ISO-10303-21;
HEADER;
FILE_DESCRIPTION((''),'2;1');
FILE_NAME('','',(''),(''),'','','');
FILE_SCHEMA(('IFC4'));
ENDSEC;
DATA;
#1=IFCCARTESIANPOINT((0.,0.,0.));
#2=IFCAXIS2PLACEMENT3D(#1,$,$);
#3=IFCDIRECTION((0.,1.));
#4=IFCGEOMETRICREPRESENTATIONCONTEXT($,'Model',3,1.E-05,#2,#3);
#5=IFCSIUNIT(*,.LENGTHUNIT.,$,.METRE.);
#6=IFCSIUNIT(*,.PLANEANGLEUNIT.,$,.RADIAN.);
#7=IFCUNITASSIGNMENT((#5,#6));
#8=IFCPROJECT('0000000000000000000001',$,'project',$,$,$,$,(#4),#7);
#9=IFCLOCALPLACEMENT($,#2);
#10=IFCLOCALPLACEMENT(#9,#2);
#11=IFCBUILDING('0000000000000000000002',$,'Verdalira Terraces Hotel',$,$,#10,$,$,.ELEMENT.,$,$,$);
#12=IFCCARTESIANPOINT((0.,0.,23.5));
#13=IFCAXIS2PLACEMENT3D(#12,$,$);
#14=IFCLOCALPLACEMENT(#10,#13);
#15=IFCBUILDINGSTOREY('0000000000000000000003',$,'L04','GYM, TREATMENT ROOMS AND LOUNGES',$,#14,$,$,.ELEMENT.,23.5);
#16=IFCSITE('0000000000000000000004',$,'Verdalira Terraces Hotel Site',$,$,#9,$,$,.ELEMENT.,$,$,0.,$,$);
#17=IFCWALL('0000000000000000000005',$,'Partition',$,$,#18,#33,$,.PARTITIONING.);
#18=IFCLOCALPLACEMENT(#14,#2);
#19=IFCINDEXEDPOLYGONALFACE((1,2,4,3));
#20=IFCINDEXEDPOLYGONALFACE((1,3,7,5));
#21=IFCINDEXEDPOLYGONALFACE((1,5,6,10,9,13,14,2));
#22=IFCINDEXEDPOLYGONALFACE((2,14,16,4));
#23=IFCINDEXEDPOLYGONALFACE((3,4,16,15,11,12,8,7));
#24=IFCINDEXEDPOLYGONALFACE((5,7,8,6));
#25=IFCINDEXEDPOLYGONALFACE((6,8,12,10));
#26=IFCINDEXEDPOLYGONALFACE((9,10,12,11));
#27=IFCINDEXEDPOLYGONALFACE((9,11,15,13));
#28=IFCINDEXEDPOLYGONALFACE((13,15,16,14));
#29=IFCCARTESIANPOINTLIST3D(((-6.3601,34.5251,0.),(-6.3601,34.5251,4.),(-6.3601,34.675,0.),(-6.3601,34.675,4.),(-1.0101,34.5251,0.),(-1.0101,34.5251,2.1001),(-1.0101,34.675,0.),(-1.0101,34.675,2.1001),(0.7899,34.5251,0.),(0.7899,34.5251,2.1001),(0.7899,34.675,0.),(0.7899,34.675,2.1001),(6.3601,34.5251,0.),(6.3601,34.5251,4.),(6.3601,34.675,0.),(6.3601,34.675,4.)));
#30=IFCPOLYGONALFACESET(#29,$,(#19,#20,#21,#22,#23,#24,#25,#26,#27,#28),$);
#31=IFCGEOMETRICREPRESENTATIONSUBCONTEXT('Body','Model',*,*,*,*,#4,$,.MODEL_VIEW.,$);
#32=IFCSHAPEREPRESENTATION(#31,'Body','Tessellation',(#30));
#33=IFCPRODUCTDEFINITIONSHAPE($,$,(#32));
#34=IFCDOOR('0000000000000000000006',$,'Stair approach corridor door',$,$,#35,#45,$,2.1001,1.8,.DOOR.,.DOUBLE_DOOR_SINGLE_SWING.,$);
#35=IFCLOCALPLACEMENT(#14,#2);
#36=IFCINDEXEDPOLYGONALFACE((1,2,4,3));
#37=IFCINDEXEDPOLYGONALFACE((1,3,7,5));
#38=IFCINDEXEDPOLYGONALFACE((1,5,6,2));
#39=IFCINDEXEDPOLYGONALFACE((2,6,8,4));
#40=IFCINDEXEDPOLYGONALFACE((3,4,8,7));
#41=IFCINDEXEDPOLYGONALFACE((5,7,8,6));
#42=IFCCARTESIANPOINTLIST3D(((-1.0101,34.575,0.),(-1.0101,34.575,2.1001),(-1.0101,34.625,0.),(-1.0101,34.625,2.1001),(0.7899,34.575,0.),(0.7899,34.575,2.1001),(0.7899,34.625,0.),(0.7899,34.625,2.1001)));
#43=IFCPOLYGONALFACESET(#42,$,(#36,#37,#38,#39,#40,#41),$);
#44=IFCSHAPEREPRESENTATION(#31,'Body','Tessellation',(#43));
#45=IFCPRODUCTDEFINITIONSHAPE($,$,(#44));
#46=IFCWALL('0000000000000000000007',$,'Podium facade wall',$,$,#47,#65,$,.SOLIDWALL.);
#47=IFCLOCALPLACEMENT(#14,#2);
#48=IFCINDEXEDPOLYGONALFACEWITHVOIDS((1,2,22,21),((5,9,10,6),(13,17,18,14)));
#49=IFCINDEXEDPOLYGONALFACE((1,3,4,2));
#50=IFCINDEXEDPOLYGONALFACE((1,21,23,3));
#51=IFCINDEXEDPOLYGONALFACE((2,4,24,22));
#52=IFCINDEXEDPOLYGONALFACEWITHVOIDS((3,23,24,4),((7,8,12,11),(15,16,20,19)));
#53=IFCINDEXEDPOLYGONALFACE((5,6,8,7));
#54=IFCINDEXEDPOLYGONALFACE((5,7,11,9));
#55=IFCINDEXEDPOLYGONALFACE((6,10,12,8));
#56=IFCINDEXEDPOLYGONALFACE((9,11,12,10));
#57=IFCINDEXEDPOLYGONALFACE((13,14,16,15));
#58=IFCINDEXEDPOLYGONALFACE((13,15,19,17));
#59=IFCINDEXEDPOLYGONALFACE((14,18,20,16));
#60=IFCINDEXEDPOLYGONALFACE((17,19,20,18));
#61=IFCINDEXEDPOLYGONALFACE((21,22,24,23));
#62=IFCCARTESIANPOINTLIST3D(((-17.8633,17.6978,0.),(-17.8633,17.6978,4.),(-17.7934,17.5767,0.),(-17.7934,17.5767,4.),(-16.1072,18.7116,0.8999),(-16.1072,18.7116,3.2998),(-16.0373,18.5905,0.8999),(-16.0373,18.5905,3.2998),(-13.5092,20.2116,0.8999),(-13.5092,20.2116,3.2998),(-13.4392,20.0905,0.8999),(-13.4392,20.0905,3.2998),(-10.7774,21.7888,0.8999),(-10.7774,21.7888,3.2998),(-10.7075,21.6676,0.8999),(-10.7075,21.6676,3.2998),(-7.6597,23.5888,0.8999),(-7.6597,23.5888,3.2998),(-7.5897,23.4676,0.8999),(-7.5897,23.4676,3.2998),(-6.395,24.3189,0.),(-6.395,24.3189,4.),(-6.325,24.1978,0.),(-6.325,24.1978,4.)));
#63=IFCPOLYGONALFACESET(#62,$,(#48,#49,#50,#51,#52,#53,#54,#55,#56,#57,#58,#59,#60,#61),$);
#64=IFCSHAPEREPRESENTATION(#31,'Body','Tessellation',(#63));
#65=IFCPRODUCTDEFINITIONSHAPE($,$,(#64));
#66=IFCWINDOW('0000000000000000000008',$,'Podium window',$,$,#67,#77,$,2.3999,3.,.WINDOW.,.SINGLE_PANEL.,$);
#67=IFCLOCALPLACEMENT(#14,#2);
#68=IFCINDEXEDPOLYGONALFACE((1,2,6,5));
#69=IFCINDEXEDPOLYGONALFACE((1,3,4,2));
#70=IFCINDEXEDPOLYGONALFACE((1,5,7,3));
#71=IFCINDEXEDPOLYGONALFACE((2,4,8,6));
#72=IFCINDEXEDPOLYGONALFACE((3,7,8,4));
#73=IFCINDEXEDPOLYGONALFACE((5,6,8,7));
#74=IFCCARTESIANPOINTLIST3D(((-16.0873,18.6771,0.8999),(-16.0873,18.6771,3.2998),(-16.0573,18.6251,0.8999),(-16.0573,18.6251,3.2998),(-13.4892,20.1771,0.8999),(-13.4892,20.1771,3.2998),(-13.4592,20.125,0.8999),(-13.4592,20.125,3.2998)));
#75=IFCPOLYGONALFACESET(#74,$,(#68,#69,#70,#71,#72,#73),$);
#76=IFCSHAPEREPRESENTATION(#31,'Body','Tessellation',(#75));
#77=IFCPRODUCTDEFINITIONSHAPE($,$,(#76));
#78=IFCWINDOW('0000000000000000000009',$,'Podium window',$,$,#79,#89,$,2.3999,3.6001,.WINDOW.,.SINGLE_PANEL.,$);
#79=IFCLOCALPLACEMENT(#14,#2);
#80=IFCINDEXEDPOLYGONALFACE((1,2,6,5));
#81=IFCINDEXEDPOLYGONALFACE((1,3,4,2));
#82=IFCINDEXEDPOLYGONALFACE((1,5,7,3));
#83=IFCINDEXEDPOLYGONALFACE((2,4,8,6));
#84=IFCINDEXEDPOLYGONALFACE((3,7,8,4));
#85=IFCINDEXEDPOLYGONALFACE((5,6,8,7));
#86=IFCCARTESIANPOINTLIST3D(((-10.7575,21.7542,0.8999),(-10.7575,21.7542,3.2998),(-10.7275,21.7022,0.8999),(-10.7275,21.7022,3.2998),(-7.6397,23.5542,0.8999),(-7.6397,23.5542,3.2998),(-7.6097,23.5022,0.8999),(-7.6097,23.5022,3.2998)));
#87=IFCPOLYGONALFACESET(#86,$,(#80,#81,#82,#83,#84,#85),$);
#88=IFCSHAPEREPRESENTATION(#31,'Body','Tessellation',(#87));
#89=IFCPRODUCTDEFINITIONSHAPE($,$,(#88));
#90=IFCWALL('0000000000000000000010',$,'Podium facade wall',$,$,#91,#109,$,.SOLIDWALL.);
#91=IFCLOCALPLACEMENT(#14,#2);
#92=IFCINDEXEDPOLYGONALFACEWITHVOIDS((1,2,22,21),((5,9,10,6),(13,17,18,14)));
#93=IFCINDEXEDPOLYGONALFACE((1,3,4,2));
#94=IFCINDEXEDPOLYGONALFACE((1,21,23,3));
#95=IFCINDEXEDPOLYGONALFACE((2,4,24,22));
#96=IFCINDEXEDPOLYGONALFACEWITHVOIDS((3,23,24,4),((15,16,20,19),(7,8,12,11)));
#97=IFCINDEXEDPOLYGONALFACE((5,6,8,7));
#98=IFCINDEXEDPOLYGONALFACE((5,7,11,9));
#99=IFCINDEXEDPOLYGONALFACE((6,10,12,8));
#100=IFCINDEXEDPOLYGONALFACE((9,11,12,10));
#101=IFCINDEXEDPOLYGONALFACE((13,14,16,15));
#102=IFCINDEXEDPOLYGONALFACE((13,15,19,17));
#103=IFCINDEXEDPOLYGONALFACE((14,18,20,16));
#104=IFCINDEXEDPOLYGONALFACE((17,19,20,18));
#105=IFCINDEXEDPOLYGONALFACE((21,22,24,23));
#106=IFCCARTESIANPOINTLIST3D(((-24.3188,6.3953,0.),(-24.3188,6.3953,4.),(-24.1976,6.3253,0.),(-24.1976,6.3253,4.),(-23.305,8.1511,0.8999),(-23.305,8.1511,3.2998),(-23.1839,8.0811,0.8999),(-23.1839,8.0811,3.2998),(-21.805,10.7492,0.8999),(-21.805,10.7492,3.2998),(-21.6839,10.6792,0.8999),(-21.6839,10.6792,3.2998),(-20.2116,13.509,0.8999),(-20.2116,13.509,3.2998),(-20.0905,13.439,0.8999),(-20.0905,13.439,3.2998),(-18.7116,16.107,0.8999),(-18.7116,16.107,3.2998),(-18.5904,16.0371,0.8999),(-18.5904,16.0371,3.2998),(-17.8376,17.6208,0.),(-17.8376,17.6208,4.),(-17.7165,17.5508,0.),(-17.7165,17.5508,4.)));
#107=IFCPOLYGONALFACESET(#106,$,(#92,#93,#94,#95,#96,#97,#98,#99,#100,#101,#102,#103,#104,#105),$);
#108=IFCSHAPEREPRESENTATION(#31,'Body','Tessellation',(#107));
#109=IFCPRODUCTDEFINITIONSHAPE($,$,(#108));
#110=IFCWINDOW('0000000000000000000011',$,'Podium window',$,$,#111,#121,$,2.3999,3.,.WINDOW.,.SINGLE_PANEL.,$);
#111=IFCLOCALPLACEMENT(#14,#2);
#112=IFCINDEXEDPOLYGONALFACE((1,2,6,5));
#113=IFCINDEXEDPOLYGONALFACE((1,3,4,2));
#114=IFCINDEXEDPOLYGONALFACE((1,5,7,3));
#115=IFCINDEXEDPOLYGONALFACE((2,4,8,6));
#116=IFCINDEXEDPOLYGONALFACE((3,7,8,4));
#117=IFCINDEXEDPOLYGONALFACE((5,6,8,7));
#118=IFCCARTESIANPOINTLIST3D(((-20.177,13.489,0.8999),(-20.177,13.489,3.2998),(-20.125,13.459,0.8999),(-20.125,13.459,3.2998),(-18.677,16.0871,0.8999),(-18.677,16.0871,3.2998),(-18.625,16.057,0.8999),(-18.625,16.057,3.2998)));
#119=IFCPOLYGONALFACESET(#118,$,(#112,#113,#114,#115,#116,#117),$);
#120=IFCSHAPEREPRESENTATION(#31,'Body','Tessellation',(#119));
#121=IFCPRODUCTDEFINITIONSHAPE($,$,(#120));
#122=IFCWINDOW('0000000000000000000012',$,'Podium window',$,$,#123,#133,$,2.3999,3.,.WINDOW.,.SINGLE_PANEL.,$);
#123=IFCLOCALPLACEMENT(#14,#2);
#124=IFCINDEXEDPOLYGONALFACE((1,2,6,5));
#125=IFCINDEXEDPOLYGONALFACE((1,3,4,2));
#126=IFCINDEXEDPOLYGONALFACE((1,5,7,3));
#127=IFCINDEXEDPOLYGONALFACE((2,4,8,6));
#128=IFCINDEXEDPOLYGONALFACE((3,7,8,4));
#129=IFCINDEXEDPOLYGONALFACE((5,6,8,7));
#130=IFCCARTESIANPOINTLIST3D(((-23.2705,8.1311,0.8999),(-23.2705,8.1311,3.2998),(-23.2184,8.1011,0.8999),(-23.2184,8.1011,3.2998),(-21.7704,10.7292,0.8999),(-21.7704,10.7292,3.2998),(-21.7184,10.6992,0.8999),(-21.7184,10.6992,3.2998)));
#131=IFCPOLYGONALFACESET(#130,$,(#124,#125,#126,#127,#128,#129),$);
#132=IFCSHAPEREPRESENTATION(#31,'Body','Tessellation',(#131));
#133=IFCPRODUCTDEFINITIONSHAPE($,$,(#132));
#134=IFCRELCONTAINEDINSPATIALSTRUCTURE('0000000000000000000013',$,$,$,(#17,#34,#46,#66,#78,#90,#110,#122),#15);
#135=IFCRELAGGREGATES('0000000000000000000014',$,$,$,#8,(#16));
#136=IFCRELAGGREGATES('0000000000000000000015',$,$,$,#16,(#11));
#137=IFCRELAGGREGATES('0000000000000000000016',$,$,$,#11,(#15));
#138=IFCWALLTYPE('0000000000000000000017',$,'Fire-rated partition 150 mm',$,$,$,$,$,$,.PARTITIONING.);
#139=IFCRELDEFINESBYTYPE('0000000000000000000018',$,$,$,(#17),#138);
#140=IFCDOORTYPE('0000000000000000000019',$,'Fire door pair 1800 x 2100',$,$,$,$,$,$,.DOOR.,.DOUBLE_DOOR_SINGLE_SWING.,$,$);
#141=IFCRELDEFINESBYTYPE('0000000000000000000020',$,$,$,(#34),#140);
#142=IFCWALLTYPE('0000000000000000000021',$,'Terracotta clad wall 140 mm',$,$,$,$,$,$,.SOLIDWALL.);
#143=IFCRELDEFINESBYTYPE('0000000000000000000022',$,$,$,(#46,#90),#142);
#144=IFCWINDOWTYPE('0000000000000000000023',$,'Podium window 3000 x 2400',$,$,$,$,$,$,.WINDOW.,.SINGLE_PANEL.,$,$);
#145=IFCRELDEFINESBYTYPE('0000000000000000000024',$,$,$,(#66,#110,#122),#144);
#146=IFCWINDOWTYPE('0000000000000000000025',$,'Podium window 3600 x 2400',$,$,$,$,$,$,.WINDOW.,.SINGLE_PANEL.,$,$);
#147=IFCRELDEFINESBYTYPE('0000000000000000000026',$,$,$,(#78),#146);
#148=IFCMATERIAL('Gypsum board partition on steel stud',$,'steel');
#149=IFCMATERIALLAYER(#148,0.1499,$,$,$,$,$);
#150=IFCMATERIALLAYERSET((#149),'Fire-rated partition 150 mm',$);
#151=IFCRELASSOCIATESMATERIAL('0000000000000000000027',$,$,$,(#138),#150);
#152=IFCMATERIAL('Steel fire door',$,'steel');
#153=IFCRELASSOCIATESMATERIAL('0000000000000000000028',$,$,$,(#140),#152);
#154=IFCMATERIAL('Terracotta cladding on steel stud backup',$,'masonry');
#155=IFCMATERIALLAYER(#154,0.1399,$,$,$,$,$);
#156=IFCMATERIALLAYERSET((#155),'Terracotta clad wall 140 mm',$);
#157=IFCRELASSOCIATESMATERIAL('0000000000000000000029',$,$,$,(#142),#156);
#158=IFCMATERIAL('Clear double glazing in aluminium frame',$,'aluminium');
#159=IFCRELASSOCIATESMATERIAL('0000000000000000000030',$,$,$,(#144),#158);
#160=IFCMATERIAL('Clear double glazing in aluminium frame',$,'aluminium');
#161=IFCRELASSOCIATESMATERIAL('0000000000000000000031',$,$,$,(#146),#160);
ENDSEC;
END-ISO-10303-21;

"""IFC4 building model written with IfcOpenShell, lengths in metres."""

from ifc_helpers import new_model, si_unit, direction, frame, frame_2d, origin, place, context, subcontext, project, spatial, rectangle, extrude, material, layer, layer_set, type_object, element, fill, save


model = new_model("IFC4")

# Units and contexts
model_context = context("Model", 3, precision=1e-05, world=origin(), true_north=direction((0.0, 1.0)))
body_context = subcontext(model_context, "Body", "Model", "MODEL_VIEW")
ifc_project = project(units=[si_unit("LENGTHUNIT", "METRE"), si_unit("PLANEANGLEUNIT", "RADIAN")], contexts=[model_context])

# Site, building, storey
site_placement = place(None, origin())
site = spatial("IfcSite", under=ifc_project, at=site_placement, Name="Verdalira Terraces Hotel Site", CompositionType="ELEMENT", RefElevation=0.0)
building_placement = place(site_placement, origin())
building = spatial("IfcBuilding", under=site, at=building_placement, Name="Verdalira Terraces Hotel", CompositionType="ELEMENT")
storey_placement = place(building_placement, frame((0.0, 0.0, 23.5)))
storey = spatial("IfcBuildingStorey", under=building, at=storey_placement, Name="L04", Description="GYM, TREATMENT ROOMS AND LOUNGES", CompositionType="ELEMENT", Elevation=23.5)

# Shared definitions
ifc_material_1 = material(Name="Gypsum board partition on steel stud", Category="steel")
ifc_layer_1 = layer(ifc_material_1, 0.1499)
ifc_layer_set_1 = layer_set([ifc_layer_1], Name="Fire-rated partition 150 mm")
wall_type_1 = type_object("IfcWallType", Name="Fire-rated partition 150 mm", PredefinedType="PARTITIONING", material=ifc_layer_set_1)
ifc_material_2 = material(Name="Steel fire door", Category="steel")
door_type = type_object("IfcDoorType", Name="Fire door pair 1800 x 2100", OperationType="DOUBLE_DOOR_SINGLE_SWING", PredefinedType="DOOR", material=ifc_material_2)

# Wall, opening, door
wall_1_placement = place(storey_placement, frame((-6.3601, 34.6001, 0.0), z_axis=(0.0, 0.0, 1.0), x_axis=(1.0, 0.0, 0.0)))
wall_1 = element("IfcWall", 1, at=wall_1_placement, inside=storey, type_object=wall_type_1, Name="Partition", PredefinedType="PARTITIONING", context=body_context, shape_type="SweptSolid", body=[
    extrude(rectangle(XDim=12.7202, YDim=0.1499, at=frame_2d((6.3601, 0.0))), origin(), (0.0, 0.0, 1.0), 4.0),
])
opening_1_placement = place(wall_1_placement, frame((5.3501, 0.0, 0.0)))
opening_1 = element("IfcOpeningElement", 2, at=opening_1_placement, cuts=wall_1, PredefinedType="OPENING", context=body_context, shape_type="SweptSolid", body=[
    extrude(rectangle(XDim=1.8, YDim=2.1001, at=frame_2d((0.8999, 1.05))), frame((0.0, 0.085, 0.0), z_axis=(0.0, -1.0, 0.0), x_axis=(1.0, 0.0, 0.0)), (0.0, 0.0, 1.0), 0.1699),
])
door_1_placement = place(opening_1_placement, origin())
door_1 = element("IfcDoor", 3, at=door_1_placement, inside=storey, type_object=door_type, Name="Stair approach corridor door", OperationType="DOUBLE_DOOR_SINGLE_SWING", OverallHeight=2.1001, OverallWidth=1.8, PredefinedType="DOOR", context=body_context, shape_type="SweptSolid", body=[
    extrude(rectangle(XDim=1.8, YDim=2.1001, at=frame_2d((0.8999, 1.05))), frame((0.0, 0.0249, 0.0), z_axis=(0.0, -1.0, 0.0), x_axis=(1.0, 0.0, 0.0)), (0.0, 0.0, 1.0), 0.05),
])
fill(opening_1, door_1)

# Walls, openings, windows
ifc_material_3 = material(Name="Terracotta cladding on steel stud backup", Category="masonry")
ifc_layer_2 = layer(ifc_material_3, 0.1399)
ifc_layer_set_2 = layer_set([ifc_layer_2], Name="Terracotta clad wall 140 mm")
wall_type_2 = type_object("IfcWallType", Name="Terracotta clad wall 140 mm", PredefinedType="SOLIDWALL", material=ifc_layer_set_2)
wall_2_placement = place(storey_placement, frame((-6.3601, 24.2583, 0.0), z_axis=(0.0, 0.0, 1.0), x_axis=(-0.866029, -0.499994, 0.0)))
wall_2 = element("IfcWall", 4, at=wall_2_placement, inside=storey, type_object=wall_type_2, Name="Podium facade wall", PredefinedType="SOLIDWALL", context=body_context, shape_type="SweptSolid", body=[
    extrude(rectangle(XDim=13.2424, YDim=0.1399, at=frame_2d((6.6211, 0.0))), origin(), (0.0, 0.0, 1.0), 4.0),
])
opening_2_placement = place(wall_2_placement, frame((1.4602, 0.0, 0.8999)))
opening_2 = element("IfcOpeningElement", 5, at=opening_2_placement, cuts=wall_2, PredefinedType="OPENING", context=body_context, shape_type="SweptSolid", body=[
    extrude(rectangle(XDim=3.6001, YDim=2.3999, at=frame_2d((1.8, 1.2))), frame((0.0, 0.0798, 0.0), z_axis=(0.0, -1.0, 0.0), x_axis=(1.0, 0.0, 0.0)), (0.0, 0.0, 1.0), 0.1599),
])
opening_3_placement = place(wall_2_placement, frame((8.2146, 0.0, 0.8999)))
opening_3 = element("IfcOpeningElement", 6, at=opening_3_placement, cuts=wall_2, PredefinedType="OPENING", context=body_context, shape_type="SweptSolid", body=[
    extrude(rectangle(XDim=3.0, YDim=2.3999, at=frame_2d((1.5, 1.2))), frame((0.0, 0.0798, 0.0), z_axis=(0.0, -1.0, 0.0), x_axis=(1.0, 0.0, 0.0)), (0.0, 0.0, 1.0), 0.1599),
])
ifc_material_4 = material(Name="Clear double glazing in aluminium frame", Category="aluminium")
window_type_1 = type_object("IfcWindowType", Name="Podium window 3000 x 2400", PartitioningType="SINGLE_PANEL", PredefinedType="WINDOW", material=ifc_material_4)
window_1_placement = place(opening_3_placement, origin())
window_1 = element("IfcWindow", 7, at=window_1_placement, inside=storey, type_object=window_type_1, Name="Podium window", OverallHeight=2.3999, OverallWidth=3.0, PartitioningType="SINGLE_PANEL", PredefinedType="WINDOW", context=body_context, shape_type="SweptSolid", body=[
    extrude(rectangle(XDim=3.0, YDim=2.3999, at=frame_2d((1.5, 1.2))), frame((0.0, 0.03, 0.0), z_axis=(0.0, -1.0, 0.0), x_axis=(1.0, 0.0, 0.0)), (0.0, 0.0, 1.0), 0.0601),
])
fill(opening_3, window_1)
ifc_material_5 = material(Name="Clear double glazing in aluminium frame", Category="aluminium")
window_type_2 = type_object("IfcWindowType", Name="Podium window 3600 x 2400", PartitioningType="SINGLE_PANEL", PredefinedType="WINDOW", material=ifc_material_5)
window_2_placement = place(opening_2_placement, origin())
window_2 = element("IfcWindow", 8, at=window_2_placement, inside=storey, type_object=window_type_2, Name="Podium window", OverallHeight=2.3999, OverallWidth=3.6001, PartitioningType="SINGLE_PANEL", PredefinedType="WINDOW", context=body_context, shape_type="SweptSolid", body=[
    extrude(rectangle(XDim=3.6001, YDim=2.3999, at=frame_2d((1.8, 1.2))), frame((0.0, 0.03, 0.0), z_axis=(0.0, -1.0, 0.0), x_axis=(1.0, 0.0, 0.0)), (0.0, 0.0, 1.0), 0.0601),
])
fill(opening_2, window_2)
wall_3_placement = place(storey_placement, frame((-17.7771, 17.5857, 0.0), z_axis=(0.0, 0.0, 1.0), x_axis=(-0.500006, -0.866022, 0.0)))
wall_3 = element("IfcWall", 9, at=wall_3_placement, inside=storey, type_object=wall_type_2, Name="Podium facade wall", PredefinedType="SOLIDWALL", context=body_context, shape_type="SweptSolid", body=[
    extrude(rectangle(XDim=12.9622, YDim=0.1399, at=frame_2d((6.481, 0.0))), origin(), (0.0, 0.0, 1.0), 4.0),
])
opening_4_placement = place(wall_3_placement, frame((1.7478, 0.0, 0.8999)))
opening_4 = element("IfcOpeningElement", 10, at=opening_4_placement, cuts=wall_3, PredefinedType="OPENING", context=body_context, shape_type="SweptSolid", body=[
    extrude(rectangle(XDim=3.0, YDim=2.3999, at=frame_2d((1.5, 1.2))), frame((0.0, 0.0798, 0.0), z_axis=(0.0, -1.0, 0.0), x_axis=(1.0, 0.0, 0.0)), (0.0, 0.0, 1.0), 0.1599),
])
opening_5_placement = place(wall_3_placement, frame((7.9346, 0.0, 0.8999)))
opening_5 = element("IfcOpeningElement", 11, at=opening_5_placement, cuts=wall_3, PredefinedType="OPENING", context=body_context, shape_type="SweptSolid", body=[
    extrude(rectangle(XDim=3.0, YDim=2.3999, at=frame_2d((1.5, 1.2))), frame((0.0, 0.0798, 0.0), z_axis=(0.0, -1.0, 0.0), x_axis=(1.0, 0.0, 0.0)), (0.0, 0.0, 1.0), 0.1599),
])
window_3_placement = place(opening_4_placement, origin())
window_3 = element("IfcWindow", 12, at=window_3_placement, inside=storey, type_object=window_type_1, Name="Podium window", OverallHeight=2.3999, OverallWidth=3.0, PartitioningType="SINGLE_PANEL", PredefinedType="WINDOW", context=body_context, shape_type="SweptSolid", body=[
    extrude(rectangle(XDim=3.0, YDim=2.3999, at=frame_2d((1.5, 1.2))), frame((0.0, 0.03, 0.0), z_axis=(0.0, -1.0, 0.0), x_axis=(1.0, 0.0, 0.0)), (0.0, 0.0, 1.0), 0.0601),
])
fill(opening_4, window_3)
window_4_placement = place(opening_5_placement, origin())
window_4 = element("IfcWindow", 13, at=window_4_placement, inside=storey, type_object=window_type_1, Name="Podium window", OverallHeight=2.3999, OverallWidth=3.0, PartitioningType="SINGLE_PANEL", PredefinedType="WINDOW", context=body_context, shape_type="SweptSolid", body=[
    extrude(rectangle(XDim=3.0, YDim=2.3999, at=frame_2d((1.5, 1.2))), frame((0.0, 0.03, 0.0), z_axis=(0.0, -1.0, 0.0), x_axis=(1.0, 0.0, 0.0)), (0.0, 0.0, 1.0), 0.0601),
])
fill(opening_5, window_4)

save(model, "model.ifc")
